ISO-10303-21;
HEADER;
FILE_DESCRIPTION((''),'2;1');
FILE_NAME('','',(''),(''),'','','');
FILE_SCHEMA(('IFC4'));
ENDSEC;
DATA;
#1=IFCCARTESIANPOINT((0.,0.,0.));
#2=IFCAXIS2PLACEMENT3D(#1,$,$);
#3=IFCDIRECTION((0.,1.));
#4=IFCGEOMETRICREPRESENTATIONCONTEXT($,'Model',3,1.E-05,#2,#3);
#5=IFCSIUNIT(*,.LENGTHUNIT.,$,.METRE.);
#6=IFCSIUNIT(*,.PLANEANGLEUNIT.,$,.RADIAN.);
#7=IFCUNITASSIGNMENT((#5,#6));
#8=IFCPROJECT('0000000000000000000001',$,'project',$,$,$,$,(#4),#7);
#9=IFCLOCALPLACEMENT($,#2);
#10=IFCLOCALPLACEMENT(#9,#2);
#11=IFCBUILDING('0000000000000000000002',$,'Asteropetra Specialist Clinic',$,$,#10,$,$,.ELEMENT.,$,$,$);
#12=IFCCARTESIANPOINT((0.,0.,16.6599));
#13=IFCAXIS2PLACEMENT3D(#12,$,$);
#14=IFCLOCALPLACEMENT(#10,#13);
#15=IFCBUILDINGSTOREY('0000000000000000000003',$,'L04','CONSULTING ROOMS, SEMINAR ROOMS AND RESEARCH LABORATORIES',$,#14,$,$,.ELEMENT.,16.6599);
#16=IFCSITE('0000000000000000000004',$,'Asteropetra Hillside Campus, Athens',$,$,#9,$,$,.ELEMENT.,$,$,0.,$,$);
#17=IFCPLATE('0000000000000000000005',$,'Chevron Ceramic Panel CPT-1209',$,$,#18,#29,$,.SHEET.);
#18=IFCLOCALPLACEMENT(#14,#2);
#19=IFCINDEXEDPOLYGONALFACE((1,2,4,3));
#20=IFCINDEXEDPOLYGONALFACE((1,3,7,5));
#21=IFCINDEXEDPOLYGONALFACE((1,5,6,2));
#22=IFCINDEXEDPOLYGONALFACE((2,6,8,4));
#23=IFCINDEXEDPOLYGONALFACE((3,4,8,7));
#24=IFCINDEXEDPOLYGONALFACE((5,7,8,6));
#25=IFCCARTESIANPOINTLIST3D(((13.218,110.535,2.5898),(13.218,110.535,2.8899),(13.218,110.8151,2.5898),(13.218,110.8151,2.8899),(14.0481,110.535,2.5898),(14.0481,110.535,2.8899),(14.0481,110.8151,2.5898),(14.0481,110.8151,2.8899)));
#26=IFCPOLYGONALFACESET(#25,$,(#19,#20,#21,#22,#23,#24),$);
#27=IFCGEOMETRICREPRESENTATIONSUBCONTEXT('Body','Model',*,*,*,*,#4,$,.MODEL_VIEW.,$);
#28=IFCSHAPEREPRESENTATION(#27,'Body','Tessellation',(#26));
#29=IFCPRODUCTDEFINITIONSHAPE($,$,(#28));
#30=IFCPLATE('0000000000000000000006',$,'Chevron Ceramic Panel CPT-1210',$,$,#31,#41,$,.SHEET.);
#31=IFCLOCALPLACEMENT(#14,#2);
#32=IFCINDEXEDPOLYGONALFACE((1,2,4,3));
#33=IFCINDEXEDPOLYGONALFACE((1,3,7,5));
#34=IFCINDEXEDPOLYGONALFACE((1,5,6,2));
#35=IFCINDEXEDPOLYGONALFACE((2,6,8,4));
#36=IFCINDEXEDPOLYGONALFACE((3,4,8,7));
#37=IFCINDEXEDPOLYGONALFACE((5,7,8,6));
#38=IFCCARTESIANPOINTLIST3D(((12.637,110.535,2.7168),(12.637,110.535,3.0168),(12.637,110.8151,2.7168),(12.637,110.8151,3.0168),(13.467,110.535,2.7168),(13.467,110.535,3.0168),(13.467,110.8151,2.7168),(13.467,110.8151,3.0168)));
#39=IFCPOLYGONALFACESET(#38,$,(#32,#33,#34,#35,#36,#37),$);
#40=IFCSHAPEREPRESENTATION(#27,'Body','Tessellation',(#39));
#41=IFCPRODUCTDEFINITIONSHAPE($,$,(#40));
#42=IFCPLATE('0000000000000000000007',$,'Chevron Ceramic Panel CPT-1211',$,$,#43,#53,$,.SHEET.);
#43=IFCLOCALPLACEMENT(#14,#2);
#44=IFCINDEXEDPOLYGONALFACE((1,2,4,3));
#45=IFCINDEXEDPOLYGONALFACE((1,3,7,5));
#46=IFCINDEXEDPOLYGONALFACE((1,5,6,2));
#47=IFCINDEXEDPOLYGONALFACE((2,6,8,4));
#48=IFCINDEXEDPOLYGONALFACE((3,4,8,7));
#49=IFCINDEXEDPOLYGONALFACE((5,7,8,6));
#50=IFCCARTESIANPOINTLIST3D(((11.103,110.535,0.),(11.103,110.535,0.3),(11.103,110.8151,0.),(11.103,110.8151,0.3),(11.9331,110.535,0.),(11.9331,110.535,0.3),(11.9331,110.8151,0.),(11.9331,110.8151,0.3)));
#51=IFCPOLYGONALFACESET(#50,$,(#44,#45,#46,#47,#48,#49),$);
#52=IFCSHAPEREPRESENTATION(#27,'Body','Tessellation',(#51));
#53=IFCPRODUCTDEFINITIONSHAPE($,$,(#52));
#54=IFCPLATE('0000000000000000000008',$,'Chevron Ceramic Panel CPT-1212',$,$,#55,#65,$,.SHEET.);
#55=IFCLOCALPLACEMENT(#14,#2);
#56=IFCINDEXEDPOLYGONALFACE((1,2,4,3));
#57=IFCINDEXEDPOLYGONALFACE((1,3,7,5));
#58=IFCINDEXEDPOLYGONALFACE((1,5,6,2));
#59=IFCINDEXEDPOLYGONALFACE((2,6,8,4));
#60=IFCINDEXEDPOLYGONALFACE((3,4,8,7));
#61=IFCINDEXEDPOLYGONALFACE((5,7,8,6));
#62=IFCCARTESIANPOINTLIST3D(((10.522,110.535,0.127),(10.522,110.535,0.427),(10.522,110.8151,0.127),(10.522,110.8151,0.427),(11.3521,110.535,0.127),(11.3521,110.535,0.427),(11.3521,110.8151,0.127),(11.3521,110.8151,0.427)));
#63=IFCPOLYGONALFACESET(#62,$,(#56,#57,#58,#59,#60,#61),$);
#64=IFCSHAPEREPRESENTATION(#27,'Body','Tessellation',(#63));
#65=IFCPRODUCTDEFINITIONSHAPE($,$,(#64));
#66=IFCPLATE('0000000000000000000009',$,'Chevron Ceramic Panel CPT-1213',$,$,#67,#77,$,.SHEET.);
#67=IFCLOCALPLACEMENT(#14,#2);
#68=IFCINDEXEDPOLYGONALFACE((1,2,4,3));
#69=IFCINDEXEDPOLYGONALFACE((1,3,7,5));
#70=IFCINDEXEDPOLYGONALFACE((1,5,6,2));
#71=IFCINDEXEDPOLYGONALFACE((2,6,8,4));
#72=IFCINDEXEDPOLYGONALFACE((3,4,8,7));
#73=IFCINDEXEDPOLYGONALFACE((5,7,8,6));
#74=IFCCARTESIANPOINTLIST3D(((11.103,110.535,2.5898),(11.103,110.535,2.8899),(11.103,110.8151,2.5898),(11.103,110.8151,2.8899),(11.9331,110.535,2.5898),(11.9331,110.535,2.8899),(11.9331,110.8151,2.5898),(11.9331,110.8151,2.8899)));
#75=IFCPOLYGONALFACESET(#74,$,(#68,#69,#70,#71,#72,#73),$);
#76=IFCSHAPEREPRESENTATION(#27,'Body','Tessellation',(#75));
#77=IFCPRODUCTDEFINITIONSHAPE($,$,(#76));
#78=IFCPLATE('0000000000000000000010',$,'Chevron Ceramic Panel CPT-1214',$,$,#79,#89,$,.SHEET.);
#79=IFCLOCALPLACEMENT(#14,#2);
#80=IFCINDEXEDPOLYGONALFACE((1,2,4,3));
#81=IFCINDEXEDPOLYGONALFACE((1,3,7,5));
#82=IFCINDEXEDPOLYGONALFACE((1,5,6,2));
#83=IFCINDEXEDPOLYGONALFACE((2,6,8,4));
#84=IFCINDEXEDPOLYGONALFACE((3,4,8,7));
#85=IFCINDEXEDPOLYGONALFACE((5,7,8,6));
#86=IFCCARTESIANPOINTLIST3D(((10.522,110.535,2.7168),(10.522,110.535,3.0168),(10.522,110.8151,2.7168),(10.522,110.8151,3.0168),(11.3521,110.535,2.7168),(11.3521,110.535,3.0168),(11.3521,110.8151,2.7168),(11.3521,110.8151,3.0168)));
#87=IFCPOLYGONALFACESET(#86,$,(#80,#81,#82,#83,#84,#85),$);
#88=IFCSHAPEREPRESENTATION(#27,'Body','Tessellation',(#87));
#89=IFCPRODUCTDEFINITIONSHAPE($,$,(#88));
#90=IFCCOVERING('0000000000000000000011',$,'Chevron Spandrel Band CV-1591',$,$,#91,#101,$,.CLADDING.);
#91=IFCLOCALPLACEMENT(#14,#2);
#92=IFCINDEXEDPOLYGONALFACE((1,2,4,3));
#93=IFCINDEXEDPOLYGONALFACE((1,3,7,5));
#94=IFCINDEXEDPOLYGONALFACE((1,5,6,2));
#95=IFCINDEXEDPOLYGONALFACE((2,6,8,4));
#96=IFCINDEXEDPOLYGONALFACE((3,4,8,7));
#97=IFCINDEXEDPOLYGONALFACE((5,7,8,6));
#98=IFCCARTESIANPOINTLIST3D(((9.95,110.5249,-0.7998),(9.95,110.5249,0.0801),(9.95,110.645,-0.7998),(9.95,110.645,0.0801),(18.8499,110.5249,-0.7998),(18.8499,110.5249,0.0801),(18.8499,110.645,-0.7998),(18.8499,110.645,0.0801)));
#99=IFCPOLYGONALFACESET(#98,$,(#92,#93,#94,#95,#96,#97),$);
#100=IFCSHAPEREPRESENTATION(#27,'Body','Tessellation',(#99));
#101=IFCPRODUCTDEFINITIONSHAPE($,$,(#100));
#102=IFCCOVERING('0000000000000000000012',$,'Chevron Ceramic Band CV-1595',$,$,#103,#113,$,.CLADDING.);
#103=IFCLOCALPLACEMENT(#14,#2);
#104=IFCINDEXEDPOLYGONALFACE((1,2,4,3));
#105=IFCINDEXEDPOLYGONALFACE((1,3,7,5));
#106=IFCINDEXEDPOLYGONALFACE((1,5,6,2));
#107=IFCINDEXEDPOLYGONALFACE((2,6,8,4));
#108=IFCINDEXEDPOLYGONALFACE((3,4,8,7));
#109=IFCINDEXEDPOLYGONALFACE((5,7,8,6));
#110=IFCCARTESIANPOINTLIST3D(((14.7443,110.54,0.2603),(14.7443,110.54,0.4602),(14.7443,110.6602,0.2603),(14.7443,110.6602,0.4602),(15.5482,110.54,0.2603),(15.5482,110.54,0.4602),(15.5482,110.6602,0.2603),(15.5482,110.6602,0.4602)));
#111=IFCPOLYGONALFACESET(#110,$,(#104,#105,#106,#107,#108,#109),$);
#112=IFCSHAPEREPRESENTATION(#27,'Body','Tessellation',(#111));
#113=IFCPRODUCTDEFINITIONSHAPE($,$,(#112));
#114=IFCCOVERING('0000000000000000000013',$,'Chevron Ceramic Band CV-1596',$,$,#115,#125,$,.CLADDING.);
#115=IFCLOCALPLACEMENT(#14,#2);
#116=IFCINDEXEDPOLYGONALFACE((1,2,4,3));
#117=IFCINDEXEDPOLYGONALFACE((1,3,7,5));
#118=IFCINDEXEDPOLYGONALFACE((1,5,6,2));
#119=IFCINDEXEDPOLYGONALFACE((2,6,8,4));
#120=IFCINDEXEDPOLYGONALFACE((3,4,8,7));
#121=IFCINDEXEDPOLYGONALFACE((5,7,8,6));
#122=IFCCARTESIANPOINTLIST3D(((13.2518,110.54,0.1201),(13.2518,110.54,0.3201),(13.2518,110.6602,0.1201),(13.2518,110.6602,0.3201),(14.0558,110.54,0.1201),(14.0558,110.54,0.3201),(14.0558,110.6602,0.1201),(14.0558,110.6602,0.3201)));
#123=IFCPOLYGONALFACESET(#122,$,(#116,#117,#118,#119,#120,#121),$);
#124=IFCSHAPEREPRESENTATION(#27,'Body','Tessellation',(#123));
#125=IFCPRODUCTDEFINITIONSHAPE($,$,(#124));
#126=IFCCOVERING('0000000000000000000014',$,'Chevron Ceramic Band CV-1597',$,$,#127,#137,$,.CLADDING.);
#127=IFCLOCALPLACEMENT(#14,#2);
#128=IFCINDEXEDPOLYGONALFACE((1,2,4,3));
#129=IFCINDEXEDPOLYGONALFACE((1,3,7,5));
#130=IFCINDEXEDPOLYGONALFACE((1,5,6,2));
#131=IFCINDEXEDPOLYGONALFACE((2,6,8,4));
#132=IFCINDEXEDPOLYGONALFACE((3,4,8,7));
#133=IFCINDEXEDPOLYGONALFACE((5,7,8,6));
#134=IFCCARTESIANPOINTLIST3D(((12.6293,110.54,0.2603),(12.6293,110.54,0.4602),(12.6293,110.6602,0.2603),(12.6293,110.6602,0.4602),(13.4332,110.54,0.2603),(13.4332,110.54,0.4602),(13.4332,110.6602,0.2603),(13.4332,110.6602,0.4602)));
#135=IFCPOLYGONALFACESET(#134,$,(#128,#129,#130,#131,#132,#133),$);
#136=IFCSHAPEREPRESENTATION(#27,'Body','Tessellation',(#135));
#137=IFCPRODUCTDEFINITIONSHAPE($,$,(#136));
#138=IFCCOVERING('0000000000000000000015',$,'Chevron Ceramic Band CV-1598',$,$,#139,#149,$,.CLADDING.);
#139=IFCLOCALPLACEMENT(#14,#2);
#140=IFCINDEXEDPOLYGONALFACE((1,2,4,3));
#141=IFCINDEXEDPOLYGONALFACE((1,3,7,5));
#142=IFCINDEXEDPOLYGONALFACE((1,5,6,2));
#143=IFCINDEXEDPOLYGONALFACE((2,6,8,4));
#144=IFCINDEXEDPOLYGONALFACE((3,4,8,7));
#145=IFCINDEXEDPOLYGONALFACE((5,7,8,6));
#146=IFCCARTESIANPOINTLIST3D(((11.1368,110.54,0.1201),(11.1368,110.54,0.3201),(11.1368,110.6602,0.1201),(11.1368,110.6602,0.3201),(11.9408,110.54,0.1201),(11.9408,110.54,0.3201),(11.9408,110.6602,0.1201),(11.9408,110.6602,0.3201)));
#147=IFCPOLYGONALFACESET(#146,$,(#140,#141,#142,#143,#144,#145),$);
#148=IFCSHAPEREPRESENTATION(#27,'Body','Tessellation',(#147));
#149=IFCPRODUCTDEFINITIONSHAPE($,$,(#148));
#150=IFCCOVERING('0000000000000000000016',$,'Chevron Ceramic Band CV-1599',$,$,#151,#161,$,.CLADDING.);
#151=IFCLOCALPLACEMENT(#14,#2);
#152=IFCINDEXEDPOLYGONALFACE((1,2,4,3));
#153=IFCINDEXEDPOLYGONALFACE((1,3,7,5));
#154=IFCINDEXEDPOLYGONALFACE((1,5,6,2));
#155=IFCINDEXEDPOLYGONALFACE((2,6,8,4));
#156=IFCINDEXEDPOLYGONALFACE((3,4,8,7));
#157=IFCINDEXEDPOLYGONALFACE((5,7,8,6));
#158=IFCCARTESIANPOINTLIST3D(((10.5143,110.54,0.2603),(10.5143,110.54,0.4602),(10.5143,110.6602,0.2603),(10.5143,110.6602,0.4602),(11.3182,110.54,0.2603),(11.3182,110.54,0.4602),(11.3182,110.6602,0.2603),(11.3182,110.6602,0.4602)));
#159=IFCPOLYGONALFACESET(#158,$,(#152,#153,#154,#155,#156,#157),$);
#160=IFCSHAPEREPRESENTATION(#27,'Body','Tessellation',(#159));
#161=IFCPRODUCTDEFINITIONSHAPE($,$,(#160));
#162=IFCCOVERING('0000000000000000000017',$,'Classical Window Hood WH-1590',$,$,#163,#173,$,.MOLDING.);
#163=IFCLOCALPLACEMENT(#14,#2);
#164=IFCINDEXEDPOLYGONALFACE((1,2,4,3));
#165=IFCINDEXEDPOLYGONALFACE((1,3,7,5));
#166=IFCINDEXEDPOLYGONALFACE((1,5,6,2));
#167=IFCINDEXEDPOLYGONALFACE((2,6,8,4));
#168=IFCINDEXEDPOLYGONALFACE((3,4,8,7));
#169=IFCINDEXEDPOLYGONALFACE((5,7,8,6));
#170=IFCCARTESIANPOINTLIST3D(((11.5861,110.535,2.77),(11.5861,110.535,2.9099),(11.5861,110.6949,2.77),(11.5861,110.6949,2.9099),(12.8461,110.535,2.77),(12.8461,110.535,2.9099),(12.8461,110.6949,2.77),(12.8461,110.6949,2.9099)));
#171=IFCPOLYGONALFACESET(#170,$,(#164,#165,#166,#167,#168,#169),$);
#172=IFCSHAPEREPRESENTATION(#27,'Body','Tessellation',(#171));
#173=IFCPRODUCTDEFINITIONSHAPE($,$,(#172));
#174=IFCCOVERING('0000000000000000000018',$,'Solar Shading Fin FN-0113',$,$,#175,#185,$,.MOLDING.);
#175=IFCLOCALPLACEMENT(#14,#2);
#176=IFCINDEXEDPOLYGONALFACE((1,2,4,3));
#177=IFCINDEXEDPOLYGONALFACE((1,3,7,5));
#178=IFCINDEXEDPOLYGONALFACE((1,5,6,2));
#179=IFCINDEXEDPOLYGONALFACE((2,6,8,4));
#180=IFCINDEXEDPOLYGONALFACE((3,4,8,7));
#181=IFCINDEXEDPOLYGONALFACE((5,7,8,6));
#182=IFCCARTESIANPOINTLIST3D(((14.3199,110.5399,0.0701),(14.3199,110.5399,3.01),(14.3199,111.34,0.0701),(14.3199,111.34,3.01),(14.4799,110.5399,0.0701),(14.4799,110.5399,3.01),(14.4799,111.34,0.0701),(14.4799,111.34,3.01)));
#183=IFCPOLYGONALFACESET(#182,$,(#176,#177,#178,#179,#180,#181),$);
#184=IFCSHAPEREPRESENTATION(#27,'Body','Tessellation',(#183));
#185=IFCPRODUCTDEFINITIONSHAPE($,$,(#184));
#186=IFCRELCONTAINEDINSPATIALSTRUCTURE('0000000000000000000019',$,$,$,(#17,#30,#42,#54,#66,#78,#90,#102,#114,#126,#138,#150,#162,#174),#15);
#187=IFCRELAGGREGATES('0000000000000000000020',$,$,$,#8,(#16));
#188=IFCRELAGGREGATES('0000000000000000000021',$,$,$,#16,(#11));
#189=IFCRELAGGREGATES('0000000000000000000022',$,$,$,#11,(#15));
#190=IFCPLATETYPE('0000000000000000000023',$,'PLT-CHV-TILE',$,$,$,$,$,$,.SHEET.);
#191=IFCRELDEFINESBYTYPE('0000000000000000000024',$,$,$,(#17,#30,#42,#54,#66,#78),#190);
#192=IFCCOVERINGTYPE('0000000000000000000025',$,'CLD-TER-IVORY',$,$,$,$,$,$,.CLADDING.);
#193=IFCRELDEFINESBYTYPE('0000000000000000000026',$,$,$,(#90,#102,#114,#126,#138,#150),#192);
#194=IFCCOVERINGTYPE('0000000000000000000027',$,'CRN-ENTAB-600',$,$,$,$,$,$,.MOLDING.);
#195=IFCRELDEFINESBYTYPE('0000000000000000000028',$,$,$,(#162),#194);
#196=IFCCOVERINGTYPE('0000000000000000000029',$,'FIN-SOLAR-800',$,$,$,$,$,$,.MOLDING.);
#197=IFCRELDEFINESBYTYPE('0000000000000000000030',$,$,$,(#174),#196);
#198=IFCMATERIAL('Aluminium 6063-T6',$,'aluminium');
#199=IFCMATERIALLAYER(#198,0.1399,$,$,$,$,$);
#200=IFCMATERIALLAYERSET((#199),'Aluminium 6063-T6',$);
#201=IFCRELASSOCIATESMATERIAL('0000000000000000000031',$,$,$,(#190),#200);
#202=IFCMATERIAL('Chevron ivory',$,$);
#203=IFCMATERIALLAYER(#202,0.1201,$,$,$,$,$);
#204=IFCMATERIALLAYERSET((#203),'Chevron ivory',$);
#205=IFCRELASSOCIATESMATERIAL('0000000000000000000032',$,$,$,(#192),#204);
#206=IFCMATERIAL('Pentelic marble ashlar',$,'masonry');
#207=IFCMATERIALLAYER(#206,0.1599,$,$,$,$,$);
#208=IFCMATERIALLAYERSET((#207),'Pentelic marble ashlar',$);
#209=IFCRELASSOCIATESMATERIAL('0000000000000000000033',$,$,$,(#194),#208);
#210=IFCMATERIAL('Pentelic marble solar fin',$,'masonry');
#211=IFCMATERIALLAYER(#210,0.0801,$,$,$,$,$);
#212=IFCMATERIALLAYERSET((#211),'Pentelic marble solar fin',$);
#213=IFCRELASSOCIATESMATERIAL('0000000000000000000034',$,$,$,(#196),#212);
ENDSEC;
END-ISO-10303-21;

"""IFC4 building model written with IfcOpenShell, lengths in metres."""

from ifc_helpers import new_model, si_unit, direction, frame, origin, origin_2d, place, context, subcontext, project, spatial, rectangle, extrude, material, layer, layer_set, type_object, element, save


model = new_model("IFC4")

# Units and contexts
model_context = context("Model", 3, precision=1e-05, world=origin(), true_north=direction((0.0, 1.0)))
body_context = subcontext(model_context, "Body", "Model", "MODEL_VIEW")
ifc_project = project(units=[si_unit("LENGTHUNIT", "METRE"), si_unit("PLANEANGLEUNIT", "RADIAN")], contexts=[model_context])

# Site, building, storey
site_placement = place(None, origin())
site = spatial("IfcSite", under=ifc_project, at=site_placement, Name="Asteropetra Hillside Campus, Athens", CompositionType="ELEMENT", RefElevation=0.0)
building_placement = place(site_placement, origin())
building = spatial("IfcBuilding", under=site, at=building_placement, Name="Asteropetra Specialist Clinic", CompositionType="ELEMENT")
storey_placement = place(building_placement, frame((0.0, 0.0, 16.6599)))
storey = spatial("IfcBuildingStorey", under=building, at=storey_placement, Name="L04", Description="CONSULTING ROOMS, SEMINAR ROOMS AND RESEARCH LABORATORIES", CompositionType="ELEMENT", Elevation=16.6599)

# Plates
ifc_material_1 = material(Name="Aluminium 6063-T6", Category="aluminium")
ifc_layer_1 = layer(ifc_material_1, 0.1399)
ifc_layer_set_1 = layer_set([ifc_layer_1], Name="Aluminium 6063-T6")
plate_type_1 = type_object("IfcPlateType", Name="PLT-CHV-TILE", PredefinedType="SHEET", material=ifc_layer_set_1)
for number, where, z_axis, x_axis, name in (
    (1, (13.6331, 110.675, 2.5898), (0.0, 0.0, 1.0), (1.0, 0.0, 0.0), "Chevron Ceramic Panel CPT-1209"),
    (2, (13.052, 110.675, 2.7168), (0.0, 0.0, 1.0), (1.0, 0.0, 0.0), "Chevron Ceramic Panel CPT-1210"),
    (3, (11.5181, 110.675, 0.0), (0.0, 0.0, 1.0), (1.0, 0.0, 0.0), "Chevron Ceramic Panel CPT-1211"),
    (4, (10.937, 110.675, 0.127), (0.0, 0.0, 1.0), (1.0, 0.0, 0.0), "Chevron Ceramic Panel CPT-1212"),
    (5, (11.5181, 110.675, 2.5898), (0.0, 0.0, 1.0), (1.0, 0.0, 0.0), "Chevron Ceramic Panel CPT-1213"),
    (6, (10.937, 110.675, 2.7168), (0.0, 0.0, 1.0), (1.0, 0.0, 0.0), "Chevron Ceramic Panel CPT-1214"),
):
    element("IfcPlate", number, at=place(storey_placement, frame(where, z_axis=z_axis, x_axis=x_axis)), inside=storey, type_object=plate_type_1, Name=name, PredefinedType="SHEET", context=body_context, shape_type="SweptSolid", body=[
        extrude(rectangle(XDim=0.8301, YDim=0.28, at=origin_2d()), origin(), (0.0, 0.0, 1.0), 0.3),
    ])

# Coverings
ifc_material_2 = material(Name="Chevron ivory")
ifc_layer_2 = layer(ifc_material_2, 0.1201)
ifc_layer_set_2 = layer_set([ifc_layer_2], Name="Chevron ivory")
covering_type_1 = type_object("IfcCoveringType", Name="CLD-TER-IVORY", PredefinedType="CLADDING", material=ifc_layer_set_2)
covering_1_placement = place(storey_placement, frame((14.3999, 110.585, -0.7998), z_axis=(0.0, 0.0, 1.0), x_axis=(1.0, 0.0, 0.0)))
element("IfcCovering", 7, at=covering_1_placement, inside=storey, type_object=covering_type_1, Name="Chevron Spandrel Band CV-1591", PredefinedType="CLADDING", context=body_context, shape_type="SweptSolid", body=[
    extrude(rectangle(XDim=8.8999, YDim=0.1201, at=origin_2d()), origin(), (0.0, 0.0, 1.0), 0.8799),
])
for number, where, z_axis, x_axis, name in (
    (8, (15.1462, 110.6001, 0.2603), (0.0, 0.0, 1.0), (1.0, 0.0, 0.0), "Chevron Ceramic Band CV-1595"),
    (9, (13.6538, 110.6001, 0.1201), (0.0, 0.0, 1.0), (1.0, 0.0, 0.0), "Chevron Ceramic Band CV-1596"),
    (10, (13.0312, 110.6001, 0.2603), (0.0, 0.0, 1.0), (1.0, 0.0, 0.0), "Chevron Ceramic Band CV-1597"),
    (11, (11.5388, 110.6001, 0.1201), (0.0, 0.0, 1.0), (1.0, 0.0, 0.0), "Chevron Ceramic Band CV-1598"),
    (12, (10.9163, 110.6001, 0.2603), (0.0, 0.0, 1.0), (1.0, 0.0, 0.0), "Chevron Ceramic Band CV-1599"),
):
    element("IfcCovering", number, at=place(storey_placement, frame(where, z_axis=z_axis, x_axis=x_axis)), inside=storey, type_object=covering_type_1, Name=name, PredefinedType="CLADDING", context=body_context, shape_type="SweptSolid", body=[
        extrude(rectangle(XDim=0.804, YDim=0.1201, at=origin_2d()), origin(), (0.0, 0.0, 1.0), 0.2),
    ])
ifc_material_3 = material(Name="Pentelic marble ashlar", Category="masonry")
ifc_layer_3 = layer(ifc_material_3, 0.1599)
ifc_layer_set_3 = layer_set([ifc_layer_3], Name="Pentelic marble ashlar")
covering_type_2 = type_object("IfcCoveringType", Name="CRN-ENTAB-600", PredefinedType="MOLDING", material=ifc_layer_set_3)
covering_2_placement = place(storey_placement, frame((12.2161, 110.615, 2.77), z_axis=(0.0, 0.0, 1.0), x_axis=(1.0, 0.0, 0.0)))
element("IfcCovering", 13, at=covering_2_placement, inside=storey, type_object=covering_type_2, Name="Classical Window Hood WH-1590", PredefinedType="MOLDING", context=body_context, shape_type="SweptSolid", body=[
    extrude(rectangle(XDim=1.26, YDim=0.1599, at=origin_2d()), origin(), (0.0, 0.0, 1.0), 0.1399),
])
ifc_material_4 = material(Name="Pentelic marble solar fin", Category="masonry")
ifc_layer_4 = layer(ifc_material_4, 0.0801)
ifc_layer_set_4 = layer_set([ifc_layer_4], Name="Pentelic marble solar fin")
covering_type_3 = type_object("IfcCoveringType", Name="FIN-SOLAR-800", PredefinedType="MOLDING", material=ifc_layer_set_4)
covering_3_placement = place(storey_placement, frame((14.3999, 110.9399, 0.0701), z_axis=(0.0, 0.0, 1.0), x_axis=(1.0, 0.0, 0.0)))
element("IfcCovering", 14, at=covering_3_placement, inside=storey, type_object=covering_type_3, Name="Solar Shading Fin FN-0113", PredefinedType="MOLDING", context=body_context, shape_type="SweptSolid", body=[
    extrude(rectangle(XDim=0.1599, YDim=0.8, at=origin_2d()), origin(), (0.0, 0.0, 1.0), 2.9399),
])

save(model, "model.ifc")
